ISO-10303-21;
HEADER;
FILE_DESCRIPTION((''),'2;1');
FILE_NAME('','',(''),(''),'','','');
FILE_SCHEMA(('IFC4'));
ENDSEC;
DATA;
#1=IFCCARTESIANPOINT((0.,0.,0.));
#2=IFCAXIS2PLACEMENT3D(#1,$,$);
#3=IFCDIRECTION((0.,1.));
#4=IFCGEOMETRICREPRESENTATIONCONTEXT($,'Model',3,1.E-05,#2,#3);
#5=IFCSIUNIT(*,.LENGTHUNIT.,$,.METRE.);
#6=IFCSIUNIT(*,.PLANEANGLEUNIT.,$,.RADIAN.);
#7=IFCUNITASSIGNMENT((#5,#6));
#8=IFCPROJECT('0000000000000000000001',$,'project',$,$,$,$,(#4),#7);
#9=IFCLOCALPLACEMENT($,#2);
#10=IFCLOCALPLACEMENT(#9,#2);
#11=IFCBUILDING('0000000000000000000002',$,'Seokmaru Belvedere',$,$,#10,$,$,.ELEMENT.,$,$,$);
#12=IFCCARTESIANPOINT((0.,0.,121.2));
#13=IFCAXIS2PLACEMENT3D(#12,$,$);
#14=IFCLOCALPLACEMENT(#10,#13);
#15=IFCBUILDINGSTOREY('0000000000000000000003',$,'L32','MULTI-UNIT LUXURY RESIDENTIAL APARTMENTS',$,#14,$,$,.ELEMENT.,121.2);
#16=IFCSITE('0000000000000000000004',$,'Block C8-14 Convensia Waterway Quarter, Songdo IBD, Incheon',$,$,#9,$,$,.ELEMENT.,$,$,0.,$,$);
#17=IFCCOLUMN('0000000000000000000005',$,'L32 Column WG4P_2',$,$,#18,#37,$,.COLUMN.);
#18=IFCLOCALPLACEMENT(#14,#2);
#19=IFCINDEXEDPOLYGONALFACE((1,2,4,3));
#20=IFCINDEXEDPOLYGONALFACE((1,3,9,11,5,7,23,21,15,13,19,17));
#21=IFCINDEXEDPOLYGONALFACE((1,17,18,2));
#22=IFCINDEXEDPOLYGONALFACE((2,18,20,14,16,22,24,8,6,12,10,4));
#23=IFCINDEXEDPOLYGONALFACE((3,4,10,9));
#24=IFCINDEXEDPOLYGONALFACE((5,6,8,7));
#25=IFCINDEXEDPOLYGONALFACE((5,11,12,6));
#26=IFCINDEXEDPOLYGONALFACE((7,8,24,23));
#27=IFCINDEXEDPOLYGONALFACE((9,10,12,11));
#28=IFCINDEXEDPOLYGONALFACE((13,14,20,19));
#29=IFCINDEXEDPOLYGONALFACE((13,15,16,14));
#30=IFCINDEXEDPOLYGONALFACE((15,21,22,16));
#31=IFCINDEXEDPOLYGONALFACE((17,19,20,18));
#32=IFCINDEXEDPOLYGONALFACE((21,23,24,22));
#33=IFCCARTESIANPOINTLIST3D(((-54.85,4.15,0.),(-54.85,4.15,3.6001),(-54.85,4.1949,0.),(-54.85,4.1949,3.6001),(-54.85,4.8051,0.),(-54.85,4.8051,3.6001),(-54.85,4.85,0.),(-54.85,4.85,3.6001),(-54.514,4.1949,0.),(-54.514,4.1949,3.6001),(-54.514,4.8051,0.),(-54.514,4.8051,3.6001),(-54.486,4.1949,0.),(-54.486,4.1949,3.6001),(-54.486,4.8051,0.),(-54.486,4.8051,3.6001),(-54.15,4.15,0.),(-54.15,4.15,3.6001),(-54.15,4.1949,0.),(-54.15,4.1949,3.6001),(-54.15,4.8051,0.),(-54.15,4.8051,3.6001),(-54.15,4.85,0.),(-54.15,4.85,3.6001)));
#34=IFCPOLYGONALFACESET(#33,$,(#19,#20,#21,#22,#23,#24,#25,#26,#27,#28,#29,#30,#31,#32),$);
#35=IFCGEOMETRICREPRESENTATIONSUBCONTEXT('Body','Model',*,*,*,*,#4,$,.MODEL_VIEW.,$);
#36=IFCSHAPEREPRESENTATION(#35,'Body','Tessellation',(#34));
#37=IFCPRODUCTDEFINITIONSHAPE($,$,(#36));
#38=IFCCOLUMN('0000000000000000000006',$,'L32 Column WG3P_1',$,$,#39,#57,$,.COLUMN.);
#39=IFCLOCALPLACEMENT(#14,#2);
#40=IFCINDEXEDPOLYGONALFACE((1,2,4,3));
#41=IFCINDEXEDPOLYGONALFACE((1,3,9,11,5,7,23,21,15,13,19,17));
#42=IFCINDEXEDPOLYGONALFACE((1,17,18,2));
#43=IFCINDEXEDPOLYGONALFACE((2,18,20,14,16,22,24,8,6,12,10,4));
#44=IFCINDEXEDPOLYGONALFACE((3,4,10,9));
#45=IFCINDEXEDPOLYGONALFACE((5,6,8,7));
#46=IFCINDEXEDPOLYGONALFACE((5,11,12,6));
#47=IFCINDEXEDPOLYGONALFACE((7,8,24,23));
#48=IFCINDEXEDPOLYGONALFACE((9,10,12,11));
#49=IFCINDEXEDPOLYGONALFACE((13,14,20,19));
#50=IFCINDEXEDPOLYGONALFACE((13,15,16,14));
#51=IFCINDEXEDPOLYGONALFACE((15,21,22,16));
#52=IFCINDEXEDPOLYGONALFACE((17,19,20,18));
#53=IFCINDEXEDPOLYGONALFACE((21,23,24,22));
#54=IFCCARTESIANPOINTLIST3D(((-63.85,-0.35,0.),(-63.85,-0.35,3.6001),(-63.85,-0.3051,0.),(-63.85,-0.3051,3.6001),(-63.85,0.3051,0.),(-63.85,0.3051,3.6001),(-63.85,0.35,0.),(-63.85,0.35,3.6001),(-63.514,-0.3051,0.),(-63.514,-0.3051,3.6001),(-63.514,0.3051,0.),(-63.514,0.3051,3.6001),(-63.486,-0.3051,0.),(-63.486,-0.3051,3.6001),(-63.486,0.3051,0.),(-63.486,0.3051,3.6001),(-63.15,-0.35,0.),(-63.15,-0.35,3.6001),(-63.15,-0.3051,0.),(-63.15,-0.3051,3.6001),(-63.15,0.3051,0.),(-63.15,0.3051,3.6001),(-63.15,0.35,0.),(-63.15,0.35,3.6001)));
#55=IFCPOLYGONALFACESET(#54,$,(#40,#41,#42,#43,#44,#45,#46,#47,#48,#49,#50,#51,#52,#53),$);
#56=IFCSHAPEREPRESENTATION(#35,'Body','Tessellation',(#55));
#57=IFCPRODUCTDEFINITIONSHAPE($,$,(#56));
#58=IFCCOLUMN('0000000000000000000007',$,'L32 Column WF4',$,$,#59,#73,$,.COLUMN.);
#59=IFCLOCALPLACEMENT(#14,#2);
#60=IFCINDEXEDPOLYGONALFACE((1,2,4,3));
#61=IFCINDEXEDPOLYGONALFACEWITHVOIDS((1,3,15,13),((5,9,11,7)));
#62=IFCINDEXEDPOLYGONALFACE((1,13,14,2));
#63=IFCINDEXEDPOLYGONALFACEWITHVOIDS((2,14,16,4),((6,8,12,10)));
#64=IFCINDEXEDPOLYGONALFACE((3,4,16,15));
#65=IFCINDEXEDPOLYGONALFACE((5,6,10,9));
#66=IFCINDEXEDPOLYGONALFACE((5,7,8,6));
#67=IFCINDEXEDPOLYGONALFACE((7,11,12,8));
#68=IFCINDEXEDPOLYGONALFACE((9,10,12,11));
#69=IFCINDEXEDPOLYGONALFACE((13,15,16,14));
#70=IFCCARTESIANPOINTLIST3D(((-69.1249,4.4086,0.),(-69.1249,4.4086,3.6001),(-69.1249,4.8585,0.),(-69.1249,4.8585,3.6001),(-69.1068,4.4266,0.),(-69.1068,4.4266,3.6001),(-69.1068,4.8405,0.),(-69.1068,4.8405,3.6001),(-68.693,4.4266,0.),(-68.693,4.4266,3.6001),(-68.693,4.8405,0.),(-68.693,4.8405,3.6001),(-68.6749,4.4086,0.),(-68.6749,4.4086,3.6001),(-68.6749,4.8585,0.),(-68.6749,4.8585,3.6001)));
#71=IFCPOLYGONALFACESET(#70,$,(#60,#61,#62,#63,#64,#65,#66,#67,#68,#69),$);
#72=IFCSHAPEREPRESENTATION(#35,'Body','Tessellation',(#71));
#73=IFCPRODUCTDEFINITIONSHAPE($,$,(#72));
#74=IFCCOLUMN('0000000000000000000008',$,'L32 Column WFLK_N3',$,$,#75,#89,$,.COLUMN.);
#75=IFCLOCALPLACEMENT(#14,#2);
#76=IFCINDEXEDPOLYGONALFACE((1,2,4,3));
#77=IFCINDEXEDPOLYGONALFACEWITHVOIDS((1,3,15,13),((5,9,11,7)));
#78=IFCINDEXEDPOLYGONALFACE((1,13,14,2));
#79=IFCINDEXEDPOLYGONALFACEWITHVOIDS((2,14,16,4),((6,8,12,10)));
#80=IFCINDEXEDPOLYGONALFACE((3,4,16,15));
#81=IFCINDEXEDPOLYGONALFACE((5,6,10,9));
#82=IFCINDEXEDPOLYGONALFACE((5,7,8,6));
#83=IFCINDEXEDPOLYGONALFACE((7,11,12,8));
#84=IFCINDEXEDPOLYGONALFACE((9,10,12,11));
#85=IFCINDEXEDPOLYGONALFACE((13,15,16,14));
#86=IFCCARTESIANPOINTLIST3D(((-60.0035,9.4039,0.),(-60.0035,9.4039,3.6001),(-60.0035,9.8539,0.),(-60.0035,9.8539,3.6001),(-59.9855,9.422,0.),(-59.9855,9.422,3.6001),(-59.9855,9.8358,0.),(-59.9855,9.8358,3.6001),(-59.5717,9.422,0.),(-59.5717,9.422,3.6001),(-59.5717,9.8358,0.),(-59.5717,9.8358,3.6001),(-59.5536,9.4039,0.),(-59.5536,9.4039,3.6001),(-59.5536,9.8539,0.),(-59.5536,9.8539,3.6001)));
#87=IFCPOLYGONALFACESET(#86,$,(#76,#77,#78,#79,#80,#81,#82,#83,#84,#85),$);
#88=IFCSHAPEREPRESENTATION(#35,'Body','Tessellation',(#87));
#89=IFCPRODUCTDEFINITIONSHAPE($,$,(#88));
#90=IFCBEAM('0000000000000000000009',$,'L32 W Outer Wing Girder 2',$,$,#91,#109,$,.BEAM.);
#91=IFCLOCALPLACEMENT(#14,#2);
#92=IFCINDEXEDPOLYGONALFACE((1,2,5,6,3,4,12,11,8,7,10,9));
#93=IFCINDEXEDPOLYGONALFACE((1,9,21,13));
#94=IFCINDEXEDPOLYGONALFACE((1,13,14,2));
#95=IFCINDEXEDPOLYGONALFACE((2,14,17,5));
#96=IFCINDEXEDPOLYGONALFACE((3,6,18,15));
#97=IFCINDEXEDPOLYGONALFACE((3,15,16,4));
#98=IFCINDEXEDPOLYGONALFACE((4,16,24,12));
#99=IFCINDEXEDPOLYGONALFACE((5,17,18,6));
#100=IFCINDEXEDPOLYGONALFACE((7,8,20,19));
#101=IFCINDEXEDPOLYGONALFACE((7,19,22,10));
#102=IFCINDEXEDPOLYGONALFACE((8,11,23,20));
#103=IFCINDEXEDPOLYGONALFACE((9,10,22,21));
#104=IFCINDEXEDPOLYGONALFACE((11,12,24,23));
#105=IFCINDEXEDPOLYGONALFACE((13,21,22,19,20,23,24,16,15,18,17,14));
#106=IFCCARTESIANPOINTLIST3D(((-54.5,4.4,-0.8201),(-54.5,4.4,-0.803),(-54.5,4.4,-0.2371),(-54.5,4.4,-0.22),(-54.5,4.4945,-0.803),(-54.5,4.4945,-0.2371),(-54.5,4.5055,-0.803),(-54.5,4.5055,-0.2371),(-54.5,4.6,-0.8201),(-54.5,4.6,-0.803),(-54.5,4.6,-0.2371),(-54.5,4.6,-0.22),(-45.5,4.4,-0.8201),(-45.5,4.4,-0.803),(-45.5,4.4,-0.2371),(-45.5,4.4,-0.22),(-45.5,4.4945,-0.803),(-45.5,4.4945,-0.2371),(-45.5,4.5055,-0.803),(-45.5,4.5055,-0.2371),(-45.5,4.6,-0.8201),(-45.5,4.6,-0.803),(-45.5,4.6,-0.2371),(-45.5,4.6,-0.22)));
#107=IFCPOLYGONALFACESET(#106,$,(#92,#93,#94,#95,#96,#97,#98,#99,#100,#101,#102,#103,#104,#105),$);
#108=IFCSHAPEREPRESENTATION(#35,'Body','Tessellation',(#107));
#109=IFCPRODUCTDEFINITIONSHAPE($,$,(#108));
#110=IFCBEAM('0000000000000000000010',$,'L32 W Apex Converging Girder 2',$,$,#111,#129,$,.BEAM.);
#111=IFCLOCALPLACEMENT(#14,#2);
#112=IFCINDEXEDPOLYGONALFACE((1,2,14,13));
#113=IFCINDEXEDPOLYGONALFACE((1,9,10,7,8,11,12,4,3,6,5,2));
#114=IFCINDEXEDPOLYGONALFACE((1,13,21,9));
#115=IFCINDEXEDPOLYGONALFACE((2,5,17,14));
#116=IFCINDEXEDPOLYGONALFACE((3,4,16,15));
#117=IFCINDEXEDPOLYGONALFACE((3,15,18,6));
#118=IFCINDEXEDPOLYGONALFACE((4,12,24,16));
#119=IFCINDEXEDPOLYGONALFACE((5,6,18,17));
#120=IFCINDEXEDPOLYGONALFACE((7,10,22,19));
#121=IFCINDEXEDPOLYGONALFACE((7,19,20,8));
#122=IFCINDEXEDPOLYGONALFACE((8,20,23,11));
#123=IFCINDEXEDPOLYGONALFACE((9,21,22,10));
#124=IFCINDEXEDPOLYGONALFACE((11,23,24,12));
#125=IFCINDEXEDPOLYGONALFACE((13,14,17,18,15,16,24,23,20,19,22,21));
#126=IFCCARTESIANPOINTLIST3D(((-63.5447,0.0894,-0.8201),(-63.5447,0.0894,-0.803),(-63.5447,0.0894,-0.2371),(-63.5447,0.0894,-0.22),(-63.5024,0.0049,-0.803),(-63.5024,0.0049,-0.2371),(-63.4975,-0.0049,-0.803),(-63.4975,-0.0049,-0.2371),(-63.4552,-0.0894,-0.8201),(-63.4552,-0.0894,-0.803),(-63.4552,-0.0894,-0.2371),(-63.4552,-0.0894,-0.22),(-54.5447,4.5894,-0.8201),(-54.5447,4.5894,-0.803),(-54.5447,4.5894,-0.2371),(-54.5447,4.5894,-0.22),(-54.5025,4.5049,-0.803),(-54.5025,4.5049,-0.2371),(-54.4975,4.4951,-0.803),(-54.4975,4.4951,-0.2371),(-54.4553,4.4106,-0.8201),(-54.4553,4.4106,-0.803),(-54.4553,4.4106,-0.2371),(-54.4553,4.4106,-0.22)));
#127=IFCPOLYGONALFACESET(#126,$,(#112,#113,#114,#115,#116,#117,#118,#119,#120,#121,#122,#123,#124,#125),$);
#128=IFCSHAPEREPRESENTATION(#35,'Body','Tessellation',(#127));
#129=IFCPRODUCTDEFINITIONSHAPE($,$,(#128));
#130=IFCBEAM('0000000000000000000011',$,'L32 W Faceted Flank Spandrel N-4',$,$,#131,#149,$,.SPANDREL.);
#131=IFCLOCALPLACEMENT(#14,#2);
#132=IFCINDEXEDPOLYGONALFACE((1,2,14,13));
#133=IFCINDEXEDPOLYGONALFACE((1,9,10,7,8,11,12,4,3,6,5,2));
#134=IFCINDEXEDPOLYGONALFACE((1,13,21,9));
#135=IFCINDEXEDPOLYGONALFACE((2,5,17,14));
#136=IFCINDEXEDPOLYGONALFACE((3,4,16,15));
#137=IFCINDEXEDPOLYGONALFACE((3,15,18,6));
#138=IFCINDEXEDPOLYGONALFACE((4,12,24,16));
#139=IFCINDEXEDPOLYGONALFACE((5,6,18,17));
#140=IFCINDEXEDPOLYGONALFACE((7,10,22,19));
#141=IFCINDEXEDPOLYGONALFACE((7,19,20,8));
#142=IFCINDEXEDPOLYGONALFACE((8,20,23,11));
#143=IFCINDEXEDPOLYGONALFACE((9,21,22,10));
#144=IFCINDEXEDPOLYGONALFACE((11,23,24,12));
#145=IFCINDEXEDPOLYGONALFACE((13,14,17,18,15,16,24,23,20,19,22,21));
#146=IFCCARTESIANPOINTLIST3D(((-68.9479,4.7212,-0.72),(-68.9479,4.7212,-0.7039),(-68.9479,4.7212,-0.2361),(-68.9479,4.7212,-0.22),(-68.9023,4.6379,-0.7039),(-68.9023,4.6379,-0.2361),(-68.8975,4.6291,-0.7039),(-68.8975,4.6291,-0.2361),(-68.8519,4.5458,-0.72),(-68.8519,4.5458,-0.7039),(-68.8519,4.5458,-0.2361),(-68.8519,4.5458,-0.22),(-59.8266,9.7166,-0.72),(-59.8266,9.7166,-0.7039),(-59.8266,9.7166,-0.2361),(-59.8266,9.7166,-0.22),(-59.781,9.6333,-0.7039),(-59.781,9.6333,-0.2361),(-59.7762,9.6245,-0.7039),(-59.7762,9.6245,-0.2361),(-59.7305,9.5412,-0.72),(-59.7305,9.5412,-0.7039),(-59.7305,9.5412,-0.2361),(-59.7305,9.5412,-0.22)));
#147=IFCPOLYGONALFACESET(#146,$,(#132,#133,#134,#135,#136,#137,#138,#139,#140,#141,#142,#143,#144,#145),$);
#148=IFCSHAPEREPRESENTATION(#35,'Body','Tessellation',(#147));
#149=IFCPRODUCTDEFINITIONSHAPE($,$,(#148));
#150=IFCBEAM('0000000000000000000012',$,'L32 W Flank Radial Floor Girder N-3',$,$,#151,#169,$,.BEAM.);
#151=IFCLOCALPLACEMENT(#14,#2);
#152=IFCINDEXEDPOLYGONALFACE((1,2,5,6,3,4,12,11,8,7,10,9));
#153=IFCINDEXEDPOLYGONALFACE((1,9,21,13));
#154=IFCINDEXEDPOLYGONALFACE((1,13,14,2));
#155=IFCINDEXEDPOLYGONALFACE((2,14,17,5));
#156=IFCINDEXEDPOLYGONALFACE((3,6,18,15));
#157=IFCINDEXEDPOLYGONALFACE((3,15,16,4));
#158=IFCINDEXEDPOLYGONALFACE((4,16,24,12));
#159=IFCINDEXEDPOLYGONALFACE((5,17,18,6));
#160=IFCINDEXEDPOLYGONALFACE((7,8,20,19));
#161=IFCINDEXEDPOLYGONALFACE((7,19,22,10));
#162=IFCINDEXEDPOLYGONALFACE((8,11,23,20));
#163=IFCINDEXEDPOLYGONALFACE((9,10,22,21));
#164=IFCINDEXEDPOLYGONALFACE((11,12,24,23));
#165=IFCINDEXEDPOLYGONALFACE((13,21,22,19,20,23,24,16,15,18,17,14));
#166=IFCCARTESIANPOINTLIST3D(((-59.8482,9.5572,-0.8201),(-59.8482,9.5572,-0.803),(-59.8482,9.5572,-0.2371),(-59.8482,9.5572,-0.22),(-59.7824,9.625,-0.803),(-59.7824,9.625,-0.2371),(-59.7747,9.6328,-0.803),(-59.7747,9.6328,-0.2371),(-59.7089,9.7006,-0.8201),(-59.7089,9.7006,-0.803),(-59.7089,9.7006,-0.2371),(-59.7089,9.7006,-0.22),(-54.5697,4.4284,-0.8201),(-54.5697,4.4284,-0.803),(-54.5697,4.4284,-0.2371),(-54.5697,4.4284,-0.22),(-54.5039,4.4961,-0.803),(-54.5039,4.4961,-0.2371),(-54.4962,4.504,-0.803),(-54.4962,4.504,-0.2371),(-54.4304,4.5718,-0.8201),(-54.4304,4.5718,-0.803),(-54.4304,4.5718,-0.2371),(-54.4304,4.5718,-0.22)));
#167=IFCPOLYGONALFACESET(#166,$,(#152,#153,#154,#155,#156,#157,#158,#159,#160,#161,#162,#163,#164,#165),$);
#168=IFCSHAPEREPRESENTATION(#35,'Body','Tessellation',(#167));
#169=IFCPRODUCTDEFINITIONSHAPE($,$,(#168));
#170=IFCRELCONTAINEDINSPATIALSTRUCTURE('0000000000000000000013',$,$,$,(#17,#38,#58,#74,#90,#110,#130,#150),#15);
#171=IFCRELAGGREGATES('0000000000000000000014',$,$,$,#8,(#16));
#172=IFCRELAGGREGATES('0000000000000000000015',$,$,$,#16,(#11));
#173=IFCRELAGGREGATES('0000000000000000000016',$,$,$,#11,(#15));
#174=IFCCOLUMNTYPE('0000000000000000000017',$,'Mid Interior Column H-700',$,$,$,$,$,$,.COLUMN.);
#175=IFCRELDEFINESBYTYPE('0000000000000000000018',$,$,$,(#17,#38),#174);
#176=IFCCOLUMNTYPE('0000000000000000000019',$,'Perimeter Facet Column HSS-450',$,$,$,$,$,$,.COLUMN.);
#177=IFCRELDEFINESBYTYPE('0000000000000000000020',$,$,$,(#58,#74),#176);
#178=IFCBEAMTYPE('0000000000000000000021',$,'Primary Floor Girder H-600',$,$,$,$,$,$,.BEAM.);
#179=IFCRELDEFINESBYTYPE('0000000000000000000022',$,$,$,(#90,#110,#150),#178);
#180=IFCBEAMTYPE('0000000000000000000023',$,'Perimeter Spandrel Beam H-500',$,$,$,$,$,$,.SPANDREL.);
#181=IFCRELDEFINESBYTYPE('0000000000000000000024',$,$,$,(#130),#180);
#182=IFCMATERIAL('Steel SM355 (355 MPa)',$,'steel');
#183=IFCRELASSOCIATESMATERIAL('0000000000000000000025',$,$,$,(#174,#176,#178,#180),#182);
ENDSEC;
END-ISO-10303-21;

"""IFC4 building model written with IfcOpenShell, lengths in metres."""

from ifc_helpers import new_model, si_unit, direction, frame, origin, origin_2d, place, context, subcontext, project, spatial, hollow_rectangle, i_section, extrude, source, transform, mapped, material, material_profile, profile_set, type_object, type_shapes, element, save


model = new_model("IFC4")

# Units and contexts
model_context = context("Model", 3, precision=1e-05, world=origin(), true_north=direction((0.0, 1.0)))
body_context = subcontext(model_context, "Body", "Model", "MODEL_VIEW")
ifc_project = project(units=[si_unit("LENGTHUNIT", "METRE"), si_unit("PLANEANGLEUNIT", "RADIAN")], contexts=[model_context])

# Site, building, storey
site_placement = place(None, origin())
site = spatial("IfcSite", under=ifc_project, at=site_placement, Name="Block C8-14 Convensia Waterway Quarter, Songdo IBD, Incheon", CompositionType="ELEMENT", RefElevation=0.0)
building_placement = place(site_placement, origin())
building = spatial("IfcBuilding", under=site, at=building_placement, Name="Seokmaru Belvedere", CompositionType="ELEMENT")
storey_placement = place(building_placement, frame((0.0, 0.0, 121.2)))
storey = spatial("IfcBuildingStorey", under=building, at=storey_placement, Name="L32", Description="MULTI-UNIT LUXURY RESIDENTIAL APARTMENTS", CompositionType="ELEMENT", Elevation=121.2)

# Columns
ifc_material_1 = material(Name="Steel SM355 (355 MPa)", Category="steel")
ifc_material_profile_1 = material_profile(ifc_material_1, i_section(OverallWidth=0.7, OverallDepth=0.7, WebThickness=0.0281, FlangeThickness=0.0449, at=origin_2d()), Name="H-700x700x28x45")
ifc_profile_set_1 = profile_set([ifc_material_profile_1], Name="Steel SM355 (355 MPa)")
column_type_1 = type_object("IfcColumnType", Name="Mid Interior Column H-700", PredefinedType="COLUMN", material=ifc_profile_set_1)
shared_shape_1 = source(origin(), body_context, "Body", "SweptSolid", [
    extrude(i_section(OverallWidth=0.7, OverallDepth=0.7, WebThickness=0.0281, FlangeThickness=0.0449, at=origin_2d()), origin(), (0.0, 0.0, 1.0), 3.6001),
])
type_shapes(column_type_1, [shared_shape_1])
for number, where, z_axis, x_axis, name in (
    (1, (-54.5, 4.5, 0.0), (0.0, 0.0, 1.0), (1.0, 0.0, 0.0), "L32 Column WG4P_2"),
    (2, (-63.5, 0.0, 0.0), (0.0, 0.0, 1.0), (1.0, 0.0, 0.0), "L32 Column WG3P_1"),
):
    element("IfcColumn", number, at=place(storey_placement, frame(where, z_axis=z_axis, x_axis=x_axis)), inside=storey, type_object=column_type_1, Name=name, PredefinedType="COLUMN", context=body_context, shape_type="MappedRepresentation", body=[
        mapped(shared_shape_1, transform((0.0, 0.0, 0.0), scale=1.0)),
    ])
ifc_material_profile_2 = material_profile(ifc_material_1, hollow_rectangle(XDim=0.45, YDim=0.45, WallThickness=0.0181, at=origin_2d()), Name="HSS-450x450x18")
ifc_profile_set_2 = profile_set([ifc_material_profile_2], Name="Steel SM355 (355 MPa)")
column_type_2 = type_object("IfcColumnType", Name="Perimeter Facet Column HSS-450", PredefinedType="COLUMN", material=ifc_profile_set_2)
shared_shape_2 = source(origin(), body_context, "Body", "SweptSolid", [
    extrude(hollow_rectangle(XDim=0.45, YDim=0.45, WallThickness=0.0181, at=origin_2d()), origin(), (0.0, 0.0, 1.0), 3.6001),
])
type_shapes(column_type_2, [shared_shape_2])
for number, where, z_axis, x_axis, name in (
    (3, (-68.8999, 4.6335, 0.0), (0.0, 0.0, 1.0), (1.0, 0.0, 0.0), "L32 Column WF4"),
    (4, (-59.7786, 9.6289, 0.0), (0.0, 0.0, 1.0), (1.0, 0.0, 0.0), "L32 Column WFLK_N3"),
):
    element("IfcColumn", number, at=place(storey_placement, frame(where, z_axis=z_axis, x_axis=x_axis)), inside=storey, type_object=column_type_2, Name=name, PredefinedType="COLUMN", context=body_context, shape_type="MappedRepresentation", body=[
        mapped(shared_shape_2, transform((0.0, 0.0, 0.0), scale=1.0)),
    ])

# Beams
ifc_material_profile_3 = material_profile(ifc_material_1, i_section(OverallWidth=0.2, OverallDepth=0.6001, WebThickness=0.011, FlangeThickness=0.0171, at=origin_2d()), Name="H-600x200x11x17")
ifc_profile_set_3 = profile_set([ifc_material_profile_3], Name="Steel SM355 (355 MPa)")
beam_type_1 = type_object("IfcBeamType", Name="Primary Floor Girder H-600", PredefinedType="BEAM", material=ifc_profile_set_3)
shared_shape_3 = source(origin(), body_context, "Body", "SweptSolid", [
    extrude(i_section(OverallWidth=0.2, OverallDepth=0.6001, WebThickness=0.011, FlangeThickness=0.0171, at=origin_2d()), origin(), (0.0, 0.0, 1.0), 9.0),
])
beam_1_placement = place(storey_placement, frame((-54.5, 4.5, -0.52), z_axis=(1.0, 0.0, 0.0), x_axis=(0.0, 1.0, 0.0)))
element("IfcBeam", 5, at=beam_1_placement, inside=storey, type_object=beam_type_1, Name="L32 W Outer Wing Girder 2", PredefinedType="BEAM", context=body_context, shape_type="MappedRepresentation", body=[
    mapped(shared_shape_3, transform((0.0, 0.0, 0.0), scale=1.0)),
])
shared_shape_4 = source(origin(), body_context, "Body", "SweptSolid", [
    extrude(i_section(OverallWidth=0.2, OverallDepth=0.6001, WebThickness=0.011, FlangeThickness=0.0171, at=origin_2d()), origin(), (0.0, 0.0, 1.0), 10.0623),
])
beam_2_placement = place(storey_placement, frame((-54.5, 4.5, -0.52), z_axis=(-0.894427, -0.447214, 0.0), x_axis=(0.447214, -0.894427, 0.0)))
element("IfcBeam", 6, at=beam_2_placement, inside=storey, type_object=beam_type_1, Name="L32 W Apex Converging Girder 2", PredefinedType="BEAM", context=body_context, shape_type="MappedRepresentation", body=[
    mapped(shared_shape_4, transform((0.0, 0.0, 0.0), scale=1.0)),
])
ifc_material_profile_4 = material_profile(ifc_material_1, i_section(OverallWidth=0.2, OverallDepth=0.5, WebThickness=0.01, FlangeThickness=0.0161, at=origin_2d()), Name="H-500x200x10x16")
ifc_profile_set_4 = profile_set([ifc_material_profile_4], Name="Steel SM355 (355 MPa)")
beam_type_2 = type_object("IfcBeamType", Name="Perimeter Spandrel Beam H-500", PredefinedType="SPANDREL", material=ifc_profile_set_4)
shared_shape_5 = source(origin(), body_context, "Body", "SweptSolid", [
    extrude(i_section(OverallWidth=0.2, OverallDepth=0.5, WebThickness=0.01, FlangeThickness=0.0161, at=origin_2d()), origin(), (0.0, 0.0, 1.0), 10.3997),
])
type_shapes(beam_type_2, [shared_shape_5])
beam_3_placement = place(storey_placement, frame((-59.7786, 9.6289, -0.47), z_axis=(-0.877082, -0.48034, 0.0), x_axis=(0.48034, -0.877082, 0.0)))
element("IfcBeam", 7, at=beam_3_placement, inside=storey, type_object=beam_type_2, Name="L32 W Faceted Flank Spandrel N-4", PredefinedType="SPANDREL", context=body_context, shape_type="MappedRepresentation", body=[
    mapped(shared_shape_5, transform((0.0, 0.0, 0.0), scale=1.0)),
])
shared_shape_6 = source(origin(), body_context, "Body", "SweptSolid", [
    extrude(i_section(OverallWidth=0.2, OverallDepth=0.6001, WebThickness=0.011, FlangeThickness=0.0171, at=origin_2d()), origin(), (0.0, 0.0, 1.0), 7.3599),
])
beam_4_placement = place(storey_placement, frame((-59.7786, 9.6289, -0.52), z_axis=(0.717201, -0.696867, 0.0), x_axis=(0.696867, 0.717201, 0.0)))
element("IfcBeam", 8, at=beam_4_placement, inside=storey, type_object=beam_type_1, Name="L32 W Flank Radial Floor Girder N-3", PredefinedType="BEAM", context=body_context, shape_type="MappedRepresentation", body=[
    mapped(shared_shape_6, transform((0.0, 0.0, 0.0), scale=1.0)),
])

save(model, "model.ifc")
